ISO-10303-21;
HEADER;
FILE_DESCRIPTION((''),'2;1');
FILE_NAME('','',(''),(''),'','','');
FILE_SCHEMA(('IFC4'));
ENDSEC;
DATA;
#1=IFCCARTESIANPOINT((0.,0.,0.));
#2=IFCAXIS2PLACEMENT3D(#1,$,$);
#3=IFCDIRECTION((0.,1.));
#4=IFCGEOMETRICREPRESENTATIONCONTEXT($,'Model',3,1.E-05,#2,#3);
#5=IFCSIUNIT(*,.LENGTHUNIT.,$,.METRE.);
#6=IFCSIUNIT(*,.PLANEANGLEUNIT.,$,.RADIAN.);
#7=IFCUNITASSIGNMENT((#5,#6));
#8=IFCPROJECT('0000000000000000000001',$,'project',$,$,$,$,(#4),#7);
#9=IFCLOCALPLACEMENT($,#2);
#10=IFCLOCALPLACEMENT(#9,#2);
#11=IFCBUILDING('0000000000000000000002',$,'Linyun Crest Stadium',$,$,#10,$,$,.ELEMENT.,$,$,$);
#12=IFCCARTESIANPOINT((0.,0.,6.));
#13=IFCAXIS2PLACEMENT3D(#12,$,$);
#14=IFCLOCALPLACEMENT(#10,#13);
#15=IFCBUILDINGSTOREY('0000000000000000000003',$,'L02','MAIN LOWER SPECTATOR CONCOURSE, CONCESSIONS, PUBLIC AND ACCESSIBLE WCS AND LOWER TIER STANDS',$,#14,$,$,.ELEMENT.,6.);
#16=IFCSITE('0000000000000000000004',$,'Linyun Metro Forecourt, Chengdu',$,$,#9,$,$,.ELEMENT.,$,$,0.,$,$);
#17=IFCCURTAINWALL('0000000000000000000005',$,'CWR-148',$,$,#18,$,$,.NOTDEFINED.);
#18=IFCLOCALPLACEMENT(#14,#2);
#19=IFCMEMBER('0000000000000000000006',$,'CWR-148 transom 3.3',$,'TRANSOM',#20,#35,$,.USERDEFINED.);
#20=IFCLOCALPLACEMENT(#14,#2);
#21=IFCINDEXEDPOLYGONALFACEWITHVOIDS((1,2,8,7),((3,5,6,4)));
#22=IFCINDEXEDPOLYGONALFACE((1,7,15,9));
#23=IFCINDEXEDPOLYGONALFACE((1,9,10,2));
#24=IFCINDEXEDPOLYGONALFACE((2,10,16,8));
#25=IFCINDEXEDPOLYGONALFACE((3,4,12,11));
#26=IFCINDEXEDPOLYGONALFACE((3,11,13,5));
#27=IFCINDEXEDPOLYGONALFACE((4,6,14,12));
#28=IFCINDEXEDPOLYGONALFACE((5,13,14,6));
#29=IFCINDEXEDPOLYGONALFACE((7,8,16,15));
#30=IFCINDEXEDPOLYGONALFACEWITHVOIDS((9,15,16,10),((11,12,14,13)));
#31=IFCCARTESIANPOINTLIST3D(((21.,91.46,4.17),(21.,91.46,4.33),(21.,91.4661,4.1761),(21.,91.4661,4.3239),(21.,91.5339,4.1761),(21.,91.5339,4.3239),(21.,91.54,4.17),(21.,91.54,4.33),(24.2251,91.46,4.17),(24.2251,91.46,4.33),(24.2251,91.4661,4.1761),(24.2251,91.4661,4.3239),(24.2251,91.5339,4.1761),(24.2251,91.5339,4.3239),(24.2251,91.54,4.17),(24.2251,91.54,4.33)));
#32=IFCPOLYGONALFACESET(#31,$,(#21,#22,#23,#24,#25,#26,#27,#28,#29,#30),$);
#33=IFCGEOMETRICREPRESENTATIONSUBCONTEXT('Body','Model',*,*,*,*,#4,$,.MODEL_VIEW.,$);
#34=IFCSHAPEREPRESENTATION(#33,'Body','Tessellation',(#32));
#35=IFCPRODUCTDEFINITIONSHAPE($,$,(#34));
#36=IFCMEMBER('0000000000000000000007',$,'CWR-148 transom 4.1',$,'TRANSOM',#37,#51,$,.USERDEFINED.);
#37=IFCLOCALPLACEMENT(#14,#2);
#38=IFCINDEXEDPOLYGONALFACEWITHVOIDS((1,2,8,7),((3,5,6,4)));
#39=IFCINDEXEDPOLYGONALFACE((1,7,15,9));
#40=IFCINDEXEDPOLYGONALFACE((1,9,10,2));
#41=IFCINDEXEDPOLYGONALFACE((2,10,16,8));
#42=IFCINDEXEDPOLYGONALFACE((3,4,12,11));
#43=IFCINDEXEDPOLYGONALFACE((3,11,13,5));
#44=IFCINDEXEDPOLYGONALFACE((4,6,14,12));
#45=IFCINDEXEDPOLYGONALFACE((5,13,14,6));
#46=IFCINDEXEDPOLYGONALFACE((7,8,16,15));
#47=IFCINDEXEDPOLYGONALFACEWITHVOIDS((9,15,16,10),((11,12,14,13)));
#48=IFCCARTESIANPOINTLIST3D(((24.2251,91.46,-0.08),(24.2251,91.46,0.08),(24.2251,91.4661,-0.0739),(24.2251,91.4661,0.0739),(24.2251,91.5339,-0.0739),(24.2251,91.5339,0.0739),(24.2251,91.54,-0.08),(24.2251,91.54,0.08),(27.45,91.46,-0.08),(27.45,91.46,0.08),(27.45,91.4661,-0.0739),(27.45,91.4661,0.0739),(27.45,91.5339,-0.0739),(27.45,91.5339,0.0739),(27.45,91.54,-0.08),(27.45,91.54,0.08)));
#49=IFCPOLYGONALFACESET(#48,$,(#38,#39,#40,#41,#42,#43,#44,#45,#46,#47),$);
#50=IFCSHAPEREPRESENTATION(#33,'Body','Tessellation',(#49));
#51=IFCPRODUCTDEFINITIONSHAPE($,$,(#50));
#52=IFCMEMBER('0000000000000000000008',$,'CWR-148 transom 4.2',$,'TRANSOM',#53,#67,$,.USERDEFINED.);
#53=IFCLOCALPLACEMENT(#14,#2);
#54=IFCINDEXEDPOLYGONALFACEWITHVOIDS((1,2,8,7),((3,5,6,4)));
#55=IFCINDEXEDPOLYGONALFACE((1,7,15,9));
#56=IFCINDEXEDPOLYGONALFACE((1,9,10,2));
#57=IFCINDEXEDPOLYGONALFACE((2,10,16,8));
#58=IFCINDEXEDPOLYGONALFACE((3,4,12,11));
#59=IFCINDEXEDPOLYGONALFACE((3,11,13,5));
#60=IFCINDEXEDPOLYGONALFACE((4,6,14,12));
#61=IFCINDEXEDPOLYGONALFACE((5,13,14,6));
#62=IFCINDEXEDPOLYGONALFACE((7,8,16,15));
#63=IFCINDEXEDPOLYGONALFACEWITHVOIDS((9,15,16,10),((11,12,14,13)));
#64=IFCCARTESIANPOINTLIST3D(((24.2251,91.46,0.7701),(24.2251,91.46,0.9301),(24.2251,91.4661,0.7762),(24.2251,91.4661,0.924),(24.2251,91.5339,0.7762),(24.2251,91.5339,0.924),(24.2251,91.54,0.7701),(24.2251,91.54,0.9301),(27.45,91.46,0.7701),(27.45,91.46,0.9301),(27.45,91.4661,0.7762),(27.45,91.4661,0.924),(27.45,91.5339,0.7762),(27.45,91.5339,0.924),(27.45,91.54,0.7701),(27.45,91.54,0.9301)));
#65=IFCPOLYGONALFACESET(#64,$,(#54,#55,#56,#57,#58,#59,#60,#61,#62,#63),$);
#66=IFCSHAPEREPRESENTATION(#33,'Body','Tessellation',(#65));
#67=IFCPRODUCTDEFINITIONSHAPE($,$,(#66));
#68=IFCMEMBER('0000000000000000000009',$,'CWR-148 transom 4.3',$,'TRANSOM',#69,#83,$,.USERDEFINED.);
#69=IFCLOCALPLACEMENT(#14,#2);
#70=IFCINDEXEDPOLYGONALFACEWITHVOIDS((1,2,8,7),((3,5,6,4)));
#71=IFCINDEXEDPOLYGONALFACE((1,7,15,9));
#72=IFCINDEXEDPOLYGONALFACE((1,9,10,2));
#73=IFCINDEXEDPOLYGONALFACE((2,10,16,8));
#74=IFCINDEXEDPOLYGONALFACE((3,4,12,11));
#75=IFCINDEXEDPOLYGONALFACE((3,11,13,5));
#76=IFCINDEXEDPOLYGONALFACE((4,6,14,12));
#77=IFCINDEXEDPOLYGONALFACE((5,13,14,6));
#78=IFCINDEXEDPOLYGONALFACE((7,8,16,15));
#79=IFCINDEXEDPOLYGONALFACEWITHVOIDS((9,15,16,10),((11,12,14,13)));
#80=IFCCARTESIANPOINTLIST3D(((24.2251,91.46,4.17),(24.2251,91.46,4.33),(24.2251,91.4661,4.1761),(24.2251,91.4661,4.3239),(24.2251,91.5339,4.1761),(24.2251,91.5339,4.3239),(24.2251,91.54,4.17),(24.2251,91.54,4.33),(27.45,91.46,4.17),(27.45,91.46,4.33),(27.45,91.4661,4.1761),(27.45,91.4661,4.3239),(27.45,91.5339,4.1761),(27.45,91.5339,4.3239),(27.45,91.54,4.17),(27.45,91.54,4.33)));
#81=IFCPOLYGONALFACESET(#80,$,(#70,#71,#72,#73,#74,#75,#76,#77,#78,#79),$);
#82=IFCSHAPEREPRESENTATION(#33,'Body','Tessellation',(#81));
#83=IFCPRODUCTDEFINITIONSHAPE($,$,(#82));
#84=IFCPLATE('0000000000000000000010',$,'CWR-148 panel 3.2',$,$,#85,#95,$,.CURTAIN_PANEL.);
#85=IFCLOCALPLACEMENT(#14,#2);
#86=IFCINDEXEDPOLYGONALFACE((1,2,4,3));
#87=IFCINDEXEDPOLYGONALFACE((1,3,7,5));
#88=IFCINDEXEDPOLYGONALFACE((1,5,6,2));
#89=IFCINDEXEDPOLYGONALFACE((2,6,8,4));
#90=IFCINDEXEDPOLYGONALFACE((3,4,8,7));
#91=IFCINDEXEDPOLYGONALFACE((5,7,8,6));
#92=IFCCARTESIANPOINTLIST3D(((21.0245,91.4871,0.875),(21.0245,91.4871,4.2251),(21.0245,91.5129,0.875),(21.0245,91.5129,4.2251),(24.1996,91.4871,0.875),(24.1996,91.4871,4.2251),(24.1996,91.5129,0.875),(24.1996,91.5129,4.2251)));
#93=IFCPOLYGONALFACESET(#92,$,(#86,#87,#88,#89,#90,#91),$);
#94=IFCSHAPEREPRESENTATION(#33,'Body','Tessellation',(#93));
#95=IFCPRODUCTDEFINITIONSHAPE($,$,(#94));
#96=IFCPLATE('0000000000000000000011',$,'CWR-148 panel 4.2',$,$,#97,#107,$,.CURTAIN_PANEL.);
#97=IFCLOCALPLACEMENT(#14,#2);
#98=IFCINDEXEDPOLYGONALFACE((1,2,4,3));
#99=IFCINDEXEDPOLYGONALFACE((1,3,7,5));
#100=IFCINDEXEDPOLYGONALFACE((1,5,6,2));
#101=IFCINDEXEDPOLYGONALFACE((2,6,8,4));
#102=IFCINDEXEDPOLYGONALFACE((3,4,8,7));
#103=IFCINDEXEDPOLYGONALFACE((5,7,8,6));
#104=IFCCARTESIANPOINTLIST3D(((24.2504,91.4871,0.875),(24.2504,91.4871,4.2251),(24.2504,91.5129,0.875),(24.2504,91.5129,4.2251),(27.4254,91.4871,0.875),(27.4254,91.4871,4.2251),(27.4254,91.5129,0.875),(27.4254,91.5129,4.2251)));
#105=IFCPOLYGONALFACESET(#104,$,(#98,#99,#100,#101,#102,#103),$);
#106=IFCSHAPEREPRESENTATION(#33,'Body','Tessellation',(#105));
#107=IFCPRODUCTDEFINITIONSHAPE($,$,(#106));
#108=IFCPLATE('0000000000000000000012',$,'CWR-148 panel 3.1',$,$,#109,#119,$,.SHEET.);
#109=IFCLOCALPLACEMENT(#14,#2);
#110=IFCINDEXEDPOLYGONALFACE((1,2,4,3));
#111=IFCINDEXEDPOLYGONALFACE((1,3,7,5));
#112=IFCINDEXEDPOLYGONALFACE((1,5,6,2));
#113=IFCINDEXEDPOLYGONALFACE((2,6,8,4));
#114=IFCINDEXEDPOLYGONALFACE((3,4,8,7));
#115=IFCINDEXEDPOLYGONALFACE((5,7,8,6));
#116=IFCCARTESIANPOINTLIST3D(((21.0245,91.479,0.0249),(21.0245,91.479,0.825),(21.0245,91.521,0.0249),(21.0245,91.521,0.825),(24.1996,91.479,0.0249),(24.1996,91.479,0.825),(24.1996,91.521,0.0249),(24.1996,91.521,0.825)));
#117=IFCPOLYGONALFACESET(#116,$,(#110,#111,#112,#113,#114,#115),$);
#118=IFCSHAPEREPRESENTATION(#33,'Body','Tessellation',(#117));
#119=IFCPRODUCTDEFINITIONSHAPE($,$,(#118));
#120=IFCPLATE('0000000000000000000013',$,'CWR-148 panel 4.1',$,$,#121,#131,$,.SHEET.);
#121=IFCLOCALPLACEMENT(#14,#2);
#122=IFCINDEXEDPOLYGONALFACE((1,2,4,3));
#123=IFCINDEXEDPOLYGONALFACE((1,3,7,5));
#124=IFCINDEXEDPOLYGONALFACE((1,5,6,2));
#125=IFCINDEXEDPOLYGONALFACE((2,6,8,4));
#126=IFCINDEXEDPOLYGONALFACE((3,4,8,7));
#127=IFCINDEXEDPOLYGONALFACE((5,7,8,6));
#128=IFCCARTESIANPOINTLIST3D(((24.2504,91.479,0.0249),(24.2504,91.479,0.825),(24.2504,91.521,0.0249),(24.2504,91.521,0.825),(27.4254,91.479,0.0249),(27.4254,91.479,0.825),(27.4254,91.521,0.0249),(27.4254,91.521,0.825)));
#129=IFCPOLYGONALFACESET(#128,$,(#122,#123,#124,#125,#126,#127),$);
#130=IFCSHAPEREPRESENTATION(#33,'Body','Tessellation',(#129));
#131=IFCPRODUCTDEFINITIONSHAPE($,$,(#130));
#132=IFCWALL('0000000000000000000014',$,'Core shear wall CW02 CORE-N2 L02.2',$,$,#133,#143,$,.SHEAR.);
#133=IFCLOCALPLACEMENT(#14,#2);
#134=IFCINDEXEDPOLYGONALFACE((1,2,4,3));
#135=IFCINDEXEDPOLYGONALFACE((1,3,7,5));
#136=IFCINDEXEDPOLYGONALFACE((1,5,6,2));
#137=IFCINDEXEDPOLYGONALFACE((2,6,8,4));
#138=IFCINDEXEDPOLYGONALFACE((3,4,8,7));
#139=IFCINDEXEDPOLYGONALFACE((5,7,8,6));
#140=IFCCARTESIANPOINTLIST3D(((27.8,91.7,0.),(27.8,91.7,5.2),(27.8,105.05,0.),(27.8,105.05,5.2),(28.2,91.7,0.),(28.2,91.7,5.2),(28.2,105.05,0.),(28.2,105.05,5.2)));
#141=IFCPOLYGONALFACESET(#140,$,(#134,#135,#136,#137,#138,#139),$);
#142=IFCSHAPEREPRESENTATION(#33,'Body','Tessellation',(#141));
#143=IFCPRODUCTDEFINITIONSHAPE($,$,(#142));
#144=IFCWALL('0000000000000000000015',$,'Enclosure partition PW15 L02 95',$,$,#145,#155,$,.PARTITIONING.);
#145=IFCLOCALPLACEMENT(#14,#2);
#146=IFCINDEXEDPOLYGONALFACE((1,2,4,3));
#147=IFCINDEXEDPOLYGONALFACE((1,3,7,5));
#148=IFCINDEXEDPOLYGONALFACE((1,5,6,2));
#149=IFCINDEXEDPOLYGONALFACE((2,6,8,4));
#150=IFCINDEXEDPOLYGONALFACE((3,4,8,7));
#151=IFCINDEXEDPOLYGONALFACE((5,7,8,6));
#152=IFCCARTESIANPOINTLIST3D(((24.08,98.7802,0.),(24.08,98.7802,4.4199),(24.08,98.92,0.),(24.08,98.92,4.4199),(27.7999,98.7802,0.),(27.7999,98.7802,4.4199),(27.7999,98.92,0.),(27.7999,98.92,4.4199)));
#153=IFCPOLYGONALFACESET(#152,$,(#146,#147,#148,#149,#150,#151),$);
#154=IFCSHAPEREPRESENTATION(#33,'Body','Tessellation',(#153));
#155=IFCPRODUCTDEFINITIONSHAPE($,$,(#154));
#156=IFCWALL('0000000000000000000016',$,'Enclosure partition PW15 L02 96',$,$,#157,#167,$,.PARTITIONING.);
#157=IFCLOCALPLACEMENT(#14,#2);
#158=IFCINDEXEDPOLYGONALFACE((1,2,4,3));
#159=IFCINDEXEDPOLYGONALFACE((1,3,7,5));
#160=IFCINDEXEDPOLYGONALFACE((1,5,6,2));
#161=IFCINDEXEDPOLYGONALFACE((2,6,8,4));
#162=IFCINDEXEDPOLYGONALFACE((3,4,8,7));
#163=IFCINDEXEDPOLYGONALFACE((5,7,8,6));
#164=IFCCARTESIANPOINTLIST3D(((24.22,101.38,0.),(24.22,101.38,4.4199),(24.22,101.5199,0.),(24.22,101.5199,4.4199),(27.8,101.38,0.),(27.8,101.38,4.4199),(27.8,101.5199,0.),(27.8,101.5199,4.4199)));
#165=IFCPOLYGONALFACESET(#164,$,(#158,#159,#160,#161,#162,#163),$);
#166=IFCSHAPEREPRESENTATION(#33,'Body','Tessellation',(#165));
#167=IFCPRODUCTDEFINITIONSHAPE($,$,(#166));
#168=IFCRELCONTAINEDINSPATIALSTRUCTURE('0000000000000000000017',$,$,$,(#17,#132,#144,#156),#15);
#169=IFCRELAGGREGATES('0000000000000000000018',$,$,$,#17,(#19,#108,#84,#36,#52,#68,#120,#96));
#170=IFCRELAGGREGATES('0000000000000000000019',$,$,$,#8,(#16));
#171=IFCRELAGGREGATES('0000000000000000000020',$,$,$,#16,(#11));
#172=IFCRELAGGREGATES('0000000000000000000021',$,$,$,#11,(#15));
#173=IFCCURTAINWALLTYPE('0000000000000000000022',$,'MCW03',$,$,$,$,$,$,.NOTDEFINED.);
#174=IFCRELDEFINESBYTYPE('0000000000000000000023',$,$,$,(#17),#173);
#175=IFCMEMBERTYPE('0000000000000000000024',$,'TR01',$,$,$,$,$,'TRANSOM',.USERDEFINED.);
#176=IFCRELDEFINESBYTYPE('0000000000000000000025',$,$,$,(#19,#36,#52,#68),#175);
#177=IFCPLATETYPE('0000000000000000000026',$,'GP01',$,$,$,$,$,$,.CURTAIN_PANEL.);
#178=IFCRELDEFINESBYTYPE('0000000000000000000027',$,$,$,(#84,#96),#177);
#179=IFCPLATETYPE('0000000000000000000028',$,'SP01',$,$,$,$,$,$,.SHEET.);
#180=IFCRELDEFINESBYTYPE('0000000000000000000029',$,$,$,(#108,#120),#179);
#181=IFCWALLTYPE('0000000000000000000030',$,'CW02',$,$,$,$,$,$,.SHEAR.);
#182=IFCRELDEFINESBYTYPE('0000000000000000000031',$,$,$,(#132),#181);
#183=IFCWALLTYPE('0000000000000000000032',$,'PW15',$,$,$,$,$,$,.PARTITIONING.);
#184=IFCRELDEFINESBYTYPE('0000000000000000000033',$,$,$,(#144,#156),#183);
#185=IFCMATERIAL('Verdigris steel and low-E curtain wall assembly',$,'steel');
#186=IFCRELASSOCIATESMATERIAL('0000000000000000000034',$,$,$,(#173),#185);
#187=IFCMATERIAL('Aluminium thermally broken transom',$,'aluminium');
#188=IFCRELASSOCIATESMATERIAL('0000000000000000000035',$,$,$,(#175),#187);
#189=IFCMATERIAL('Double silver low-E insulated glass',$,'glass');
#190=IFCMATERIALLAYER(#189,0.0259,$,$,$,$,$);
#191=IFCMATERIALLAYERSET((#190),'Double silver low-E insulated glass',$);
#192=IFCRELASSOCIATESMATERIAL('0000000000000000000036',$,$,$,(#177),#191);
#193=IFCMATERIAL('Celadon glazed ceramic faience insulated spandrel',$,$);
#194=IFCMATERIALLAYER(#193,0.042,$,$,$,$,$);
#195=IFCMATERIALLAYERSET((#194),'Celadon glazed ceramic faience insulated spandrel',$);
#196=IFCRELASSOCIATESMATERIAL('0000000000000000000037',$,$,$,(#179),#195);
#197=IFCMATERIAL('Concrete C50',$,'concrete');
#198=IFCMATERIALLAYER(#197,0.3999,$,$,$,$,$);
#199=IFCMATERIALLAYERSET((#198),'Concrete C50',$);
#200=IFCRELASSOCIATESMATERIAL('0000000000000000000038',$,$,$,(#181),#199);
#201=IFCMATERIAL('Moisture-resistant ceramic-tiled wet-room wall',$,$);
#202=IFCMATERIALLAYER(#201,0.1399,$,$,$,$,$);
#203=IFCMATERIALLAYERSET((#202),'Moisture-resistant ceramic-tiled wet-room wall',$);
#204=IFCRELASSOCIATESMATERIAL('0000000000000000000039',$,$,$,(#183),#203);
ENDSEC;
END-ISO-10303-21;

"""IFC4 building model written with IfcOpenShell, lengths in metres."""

from ifc_helpers import new_model, si_unit, direction, frame, frame_2d, origin, origin_2d, place, context, subcontext, project, spatial, rectangle, hollow_rectangle, extrude, material, layer, layer_set, material_profile, profile_set, type_object, element, aggregate, save


model = new_model("IFC4")

# Units and contexts
model_context = context("Model", 3, precision=1e-05, world=origin(), true_north=direction((0.0, 1.0)))
body_context = subcontext(model_context, "Body", "Model", "MODEL_VIEW")
ifc_project = project(units=[si_unit("LENGTHUNIT", "METRE"), si_unit("PLANEANGLEUNIT", "RADIAN")], contexts=[model_context])

# Site, building, storey
site_placement = place(None, origin())
site = spatial("IfcSite", under=ifc_project, at=site_placement, Name="Linyun Metro Forecourt, Chengdu", CompositionType="ELEMENT", RefElevation=0.0)
building_placement = place(site_placement, origin())
building = spatial("IfcBuilding", under=site, at=building_placement, Name="Linyun Crest Stadium", CompositionType="ELEMENT")
storey_placement = place(building_placement, frame((0.0, 0.0, 6.0)))
storey = spatial("IfcBuildingStorey", under=building, at=storey_placement, Name="L02", Description="MAIN LOWER SPECTATOR CONCOURSE, CONCESSIONS, PUBLIC AND ACCESSIBLE WCS AND LOWER TIER STANDS", CompositionType="ELEMENT", Elevation=6.0)

# Curtain wall, members, plates
ifc_material_1 = material(Name="Verdigris steel and low-E curtain wall assembly", Category="steel")
curtain_wall_type = type_object("IfcCurtainWallType", Name="MCW03", PredefinedType="NOTDEFINED", material=ifc_material_1)
curtain_wall_placement = place(storey_placement, origin())
curtain_wall = element("IfcCurtainWall", 1, at=curtain_wall_placement, inside=storey, type_object=curtain_wall_type, Name="CWR-148", PredefinedType="NOTDEFINED")
ifc_material_2 = material(Name="Aluminium thermally broken transom", Category="aluminium")
ifc_material_profile_1 = material_profile(ifc_material_2, hollow_rectangle(XDim=0.0801, YDim=0.1599, WallThickness=0.0061, at=origin_2d()), Name="RHS 160x80x6")
ifc_profile_set_1 = profile_set([ifc_material_profile_1], Name="Aluminium thermally broken transom")
member_type_1 = type_object("IfcMemberType", Name="TR01", ElementType="TRANSOM", PredefinedType="USERDEFINED", material=ifc_profile_set_1)
member_1_placement = place(storey_placement, frame((21.0, 91.5, 4.25), z_axis=(1.0, 0.0, 0.0), x_axis=(0.0, 1.0, 0.0)))
member_1 = element("IfcMember", 2, at=member_1_placement, type_object=member_type_1, Name="CWR-148 transom 3.3", ObjectType="TRANSOM", PredefinedType="USERDEFINED", context=body_context, shape_type="SweptSolid", body=[
    extrude(hollow_rectangle(XDim=0.0801, YDim=0.1599, WallThickness=0.0061, at=origin_2d()), origin(), (0.0, 0.0, 1.0), 3.2251),
])
member_2_placement = place(storey_placement, frame((24.2251, 91.5, 0.0), z_axis=(1.0, 0.0, 0.0), x_axis=(0.0, 1.0, 0.0)))
member_2 = element("IfcMember", 3, at=member_2_placement, type_object=member_type_1, Name="CWR-148 transom 4.1", ObjectType="TRANSOM", PredefinedType="USERDEFINED", context=body_context, shape_type="SweptSolid", body=[
    extrude(hollow_rectangle(XDim=0.0801, YDim=0.1599, WallThickness=0.0061, at=origin_2d()), origin(), (0.0, 0.0, 1.0), 3.2249),
])
member_3_placement = place(storey_placement, frame((24.2251, 91.5, 0.8501), z_axis=(1.0, 0.0, 0.0), x_axis=(0.0, 1.0, 0.0)))
member_3 = element("IfcMember", 4, at=member_3_placement, type_object=member_type_1, Name="CWR-148 transom 4.2", ObjectType="TRANSOM", PredefinedType="USERDEFINED", context=body_context, shape_type="SweptSolid", body=[
    extrude(hollow_rectangle(XDim=0.0801, YDim=0.1599, WallThickness=0.0061, at=origin_2d()), origin(), (0.0, 0.0, 1.0), 3.2249),
])
member_4_placement = place(storey_placement, frame((24.2251, 91.5, 4.25), z_axis=(1.0, 0.0, 0.0), x_axis=(0.0, 1.0, 0.0)))
member_4 = element("IfcMember", 5, at=member_4_placement, type_object=member_type_1, Name="CWR-148 transom 4.3", ObjectType="TRANSOM", PredefinedType="USERDEFINED", context=body_context, shape_type="SweptSolid", body=[
    extrude(hollow_rectangle(XDim=0.0801, YDim=0.1599, WallThickness=0.0061, at=origin_2d()), origin(), (0.0, 0.0, 1.0), 3.2249),
])
ifc_material_3 = material(Name="Double silver low-E insulated glass", Category="glass")
ifc_layer_1 = layer(ifc_material_3, 0.0259)
ifc_layer_set_1 = layer_set([ifc_layer_1], Name="Double silver low-E insulated glass")
plate_type_1 = type_object("IfcPlateType", Name="GP01", PredefinedType="CURTAIN_PANEL", material=ifc_layer_set_1)
plate_1_placement = place(storey_placement, frame((22.6121, 91.5, 0.875), z_axis=(0.0, 0.0, 1.0), x_axis=(1.0, 0.0, 0.0)))
plate_1 = element("IfcPlate", 6, at=plate_1_placement, type_object=plate_type_1, Name="CWR-148 panel 3.2", PredefinedType="CURTAIN_PANEL", context=body_context, shape_type="SweptSolid", body=[
    extrude(rectangle(XDim=3.175, YDim=0.0259, at=origin_2d()), origin(), (0.0, 0.0, 1.0), 3.3501),
])
plate_2_placement = place(storey_placement, frame((25.8379, 91.5, 0.875), z_axis=(0.0, 0.0, 1.0), x_axis=(1.0, 0.0, 0.0)))
plate_2 = element("IfcPlate", 7, at=plate_2_placement, type_object=plate_type_1, Name="CWR-148 panel 4.2", PredefinedType="CURTAIN_PANEL", context=body_context, shape_type="SweptSolid", body=[
    extrude(rectangle(XDim=3.175, YDim=0.0259, at=origin_2d()), origin(), (0.0, 0.0, 1.0), 3.3501),
])
ifc_material_4 = material(Name="Celadon glazed ceramic faience insulated spandrel")
ifc_layer_2 = layer(ifc_material_4, 0.042)
ifc_layer_set_2 = layer_set([ifc_layer_2], Name="Celadon glazed ceramic faience insulated spandrel")
plate_type_2 = type_object("IfcPlateType", Name="SP01", PredefinedType="SHEET", material=ifc_layer_set_2)
plate_3_placement = place(storey_placement, frame((22.6121, 91.5, 0.0249), z_axis=(0.0, 0.0, 1.0), x_axis=(1.0, 0.0, 0.0)))
plate_3 = element("IfcPlate", 8, at=plate_3_placement, type_object=plate_type_2, Name="CWR-148 panel 3.1", PredefinedType="SHEET", context=body_context, shape_type="SweptSolid", body=[
    extrude(rectangle(XDim=3.175, YDim=0.042, at=origin_2d()), origin(), (0.0, 0.0, 1.0), 0.8),
])
plate_4_placement = place(storey_placement, frame((25.8379, 91.5, 0.0249), z_axis=(0.0, 0.0, 1.0), x_axis=(1.0, 0.0, 0.0)))
plate_4 = element("IfcPlate", 9, at=plate_4_placement, type_object=plate_type_2, Name="CWR-148 panel 4.1", PredefinedType="SHEET", context=body_context, shape_type="SweptSolid", body=[
    extrude(rectangle(XDim=3.175, YDim=0.042, at=origin_2d()), origin(), (0.0, 0.0, 1.0), 0.8),
])
aggregate(curtain_wall, [member_1, plate_3, plate_1, member_2, member_3, member_4, plate_4, plate_2])

# Wall
ifc_material_5 = material(Name="Concrete C50", Category="concrete")
ifc_layer_3 = layer(ifc_material_5, 0.3999)
ifc_layer_set_3 = layer_set([ifc_layer_3], Name="Concrete C50")
wall_type_1 = type_object("IfcWallType", Name="CW02", PredefinedType="SHEAR", material=ifc_layer_set_3)
wall_1_placement = place(storey_placement, frame((28.0, 91.7, 0.0), z_axis=(0.0, 0.0, 1.0), x_axis=(0.0, 1.0, 0.0)))
element("IfcWall", 10, at=wall_1_placement, inside=storey, type_object=wall_type_1, Name="Core shear wall CW02 CORE-N2 L02.2", PredefinedType="SHEAR", context=body_context, shape_type="SweptSolid", body=[
    extrude(rectangle(XDim=13.3501, YDim=0.3999, at=frame_2d((6.675, 0.0))), origin(), (0.0, 0.0, 1.0), 5.2),
])

# Shared definitions
ifc_material_6 = material(Name="Moisture-resistant ceramic-tiled wet-room wall")
ifc_layer_4 = layer(ifc_material_6, 0.1399)
ifc_layer_set_4 = layer_set([ifc_layer_4], Name="Moisture-resistant ceramic-tiled wet-room wall")
wall_type_2 = type_object("IfcWallType", Name="PW15", PredefinedType="PARTITIONING", material=ifc_layer_set_4)

# Walls
wall_2_placement = place(storey_placement, frame((24.0801, 98.8501, 0.0), z_axis=(0.0, 0.0, 1.0), x_axis=(1.0, 0.0, 0.0)))
element("IfcWall", 11, at=wall_2_placement, inside=storey, type_object=wall_type_2, Name="Enclosure partition PW15 L02 95", PredefinedType="PARTITIONING", context=body_context, shape_type="SweptSolid", body=[
    extrude(rectangle(XDim=3.72, YDim=0.1399, at=frame_2d((1.8599, 0.0))), origin(), (0.0, 0.0, 1.0), 4.4199),
])
wall_3_placement = place(storey_placement, frame((24.22, 101.45, 0.0), z_axis=(0.0, 0.0, 1.0), x_axis=(1.0, 0.0, 0.0)))
element("IfcWall", 12, at=wall_3_placement, inside=storey, type_object=wall_type_2, Name="Enclosure partition PW15 L02 96", PredefinedType="PARTITIONING", context=body_context, shape_type="SweptSolid", body=[
    extrude(rectangle(XDim=3.5801, YDim=0.1399, at=frame_2d((1.79, 0.0))), origin(), (0.0, 0.0, 1.0), 4.4199),
])

save(model, "model.ifc")
